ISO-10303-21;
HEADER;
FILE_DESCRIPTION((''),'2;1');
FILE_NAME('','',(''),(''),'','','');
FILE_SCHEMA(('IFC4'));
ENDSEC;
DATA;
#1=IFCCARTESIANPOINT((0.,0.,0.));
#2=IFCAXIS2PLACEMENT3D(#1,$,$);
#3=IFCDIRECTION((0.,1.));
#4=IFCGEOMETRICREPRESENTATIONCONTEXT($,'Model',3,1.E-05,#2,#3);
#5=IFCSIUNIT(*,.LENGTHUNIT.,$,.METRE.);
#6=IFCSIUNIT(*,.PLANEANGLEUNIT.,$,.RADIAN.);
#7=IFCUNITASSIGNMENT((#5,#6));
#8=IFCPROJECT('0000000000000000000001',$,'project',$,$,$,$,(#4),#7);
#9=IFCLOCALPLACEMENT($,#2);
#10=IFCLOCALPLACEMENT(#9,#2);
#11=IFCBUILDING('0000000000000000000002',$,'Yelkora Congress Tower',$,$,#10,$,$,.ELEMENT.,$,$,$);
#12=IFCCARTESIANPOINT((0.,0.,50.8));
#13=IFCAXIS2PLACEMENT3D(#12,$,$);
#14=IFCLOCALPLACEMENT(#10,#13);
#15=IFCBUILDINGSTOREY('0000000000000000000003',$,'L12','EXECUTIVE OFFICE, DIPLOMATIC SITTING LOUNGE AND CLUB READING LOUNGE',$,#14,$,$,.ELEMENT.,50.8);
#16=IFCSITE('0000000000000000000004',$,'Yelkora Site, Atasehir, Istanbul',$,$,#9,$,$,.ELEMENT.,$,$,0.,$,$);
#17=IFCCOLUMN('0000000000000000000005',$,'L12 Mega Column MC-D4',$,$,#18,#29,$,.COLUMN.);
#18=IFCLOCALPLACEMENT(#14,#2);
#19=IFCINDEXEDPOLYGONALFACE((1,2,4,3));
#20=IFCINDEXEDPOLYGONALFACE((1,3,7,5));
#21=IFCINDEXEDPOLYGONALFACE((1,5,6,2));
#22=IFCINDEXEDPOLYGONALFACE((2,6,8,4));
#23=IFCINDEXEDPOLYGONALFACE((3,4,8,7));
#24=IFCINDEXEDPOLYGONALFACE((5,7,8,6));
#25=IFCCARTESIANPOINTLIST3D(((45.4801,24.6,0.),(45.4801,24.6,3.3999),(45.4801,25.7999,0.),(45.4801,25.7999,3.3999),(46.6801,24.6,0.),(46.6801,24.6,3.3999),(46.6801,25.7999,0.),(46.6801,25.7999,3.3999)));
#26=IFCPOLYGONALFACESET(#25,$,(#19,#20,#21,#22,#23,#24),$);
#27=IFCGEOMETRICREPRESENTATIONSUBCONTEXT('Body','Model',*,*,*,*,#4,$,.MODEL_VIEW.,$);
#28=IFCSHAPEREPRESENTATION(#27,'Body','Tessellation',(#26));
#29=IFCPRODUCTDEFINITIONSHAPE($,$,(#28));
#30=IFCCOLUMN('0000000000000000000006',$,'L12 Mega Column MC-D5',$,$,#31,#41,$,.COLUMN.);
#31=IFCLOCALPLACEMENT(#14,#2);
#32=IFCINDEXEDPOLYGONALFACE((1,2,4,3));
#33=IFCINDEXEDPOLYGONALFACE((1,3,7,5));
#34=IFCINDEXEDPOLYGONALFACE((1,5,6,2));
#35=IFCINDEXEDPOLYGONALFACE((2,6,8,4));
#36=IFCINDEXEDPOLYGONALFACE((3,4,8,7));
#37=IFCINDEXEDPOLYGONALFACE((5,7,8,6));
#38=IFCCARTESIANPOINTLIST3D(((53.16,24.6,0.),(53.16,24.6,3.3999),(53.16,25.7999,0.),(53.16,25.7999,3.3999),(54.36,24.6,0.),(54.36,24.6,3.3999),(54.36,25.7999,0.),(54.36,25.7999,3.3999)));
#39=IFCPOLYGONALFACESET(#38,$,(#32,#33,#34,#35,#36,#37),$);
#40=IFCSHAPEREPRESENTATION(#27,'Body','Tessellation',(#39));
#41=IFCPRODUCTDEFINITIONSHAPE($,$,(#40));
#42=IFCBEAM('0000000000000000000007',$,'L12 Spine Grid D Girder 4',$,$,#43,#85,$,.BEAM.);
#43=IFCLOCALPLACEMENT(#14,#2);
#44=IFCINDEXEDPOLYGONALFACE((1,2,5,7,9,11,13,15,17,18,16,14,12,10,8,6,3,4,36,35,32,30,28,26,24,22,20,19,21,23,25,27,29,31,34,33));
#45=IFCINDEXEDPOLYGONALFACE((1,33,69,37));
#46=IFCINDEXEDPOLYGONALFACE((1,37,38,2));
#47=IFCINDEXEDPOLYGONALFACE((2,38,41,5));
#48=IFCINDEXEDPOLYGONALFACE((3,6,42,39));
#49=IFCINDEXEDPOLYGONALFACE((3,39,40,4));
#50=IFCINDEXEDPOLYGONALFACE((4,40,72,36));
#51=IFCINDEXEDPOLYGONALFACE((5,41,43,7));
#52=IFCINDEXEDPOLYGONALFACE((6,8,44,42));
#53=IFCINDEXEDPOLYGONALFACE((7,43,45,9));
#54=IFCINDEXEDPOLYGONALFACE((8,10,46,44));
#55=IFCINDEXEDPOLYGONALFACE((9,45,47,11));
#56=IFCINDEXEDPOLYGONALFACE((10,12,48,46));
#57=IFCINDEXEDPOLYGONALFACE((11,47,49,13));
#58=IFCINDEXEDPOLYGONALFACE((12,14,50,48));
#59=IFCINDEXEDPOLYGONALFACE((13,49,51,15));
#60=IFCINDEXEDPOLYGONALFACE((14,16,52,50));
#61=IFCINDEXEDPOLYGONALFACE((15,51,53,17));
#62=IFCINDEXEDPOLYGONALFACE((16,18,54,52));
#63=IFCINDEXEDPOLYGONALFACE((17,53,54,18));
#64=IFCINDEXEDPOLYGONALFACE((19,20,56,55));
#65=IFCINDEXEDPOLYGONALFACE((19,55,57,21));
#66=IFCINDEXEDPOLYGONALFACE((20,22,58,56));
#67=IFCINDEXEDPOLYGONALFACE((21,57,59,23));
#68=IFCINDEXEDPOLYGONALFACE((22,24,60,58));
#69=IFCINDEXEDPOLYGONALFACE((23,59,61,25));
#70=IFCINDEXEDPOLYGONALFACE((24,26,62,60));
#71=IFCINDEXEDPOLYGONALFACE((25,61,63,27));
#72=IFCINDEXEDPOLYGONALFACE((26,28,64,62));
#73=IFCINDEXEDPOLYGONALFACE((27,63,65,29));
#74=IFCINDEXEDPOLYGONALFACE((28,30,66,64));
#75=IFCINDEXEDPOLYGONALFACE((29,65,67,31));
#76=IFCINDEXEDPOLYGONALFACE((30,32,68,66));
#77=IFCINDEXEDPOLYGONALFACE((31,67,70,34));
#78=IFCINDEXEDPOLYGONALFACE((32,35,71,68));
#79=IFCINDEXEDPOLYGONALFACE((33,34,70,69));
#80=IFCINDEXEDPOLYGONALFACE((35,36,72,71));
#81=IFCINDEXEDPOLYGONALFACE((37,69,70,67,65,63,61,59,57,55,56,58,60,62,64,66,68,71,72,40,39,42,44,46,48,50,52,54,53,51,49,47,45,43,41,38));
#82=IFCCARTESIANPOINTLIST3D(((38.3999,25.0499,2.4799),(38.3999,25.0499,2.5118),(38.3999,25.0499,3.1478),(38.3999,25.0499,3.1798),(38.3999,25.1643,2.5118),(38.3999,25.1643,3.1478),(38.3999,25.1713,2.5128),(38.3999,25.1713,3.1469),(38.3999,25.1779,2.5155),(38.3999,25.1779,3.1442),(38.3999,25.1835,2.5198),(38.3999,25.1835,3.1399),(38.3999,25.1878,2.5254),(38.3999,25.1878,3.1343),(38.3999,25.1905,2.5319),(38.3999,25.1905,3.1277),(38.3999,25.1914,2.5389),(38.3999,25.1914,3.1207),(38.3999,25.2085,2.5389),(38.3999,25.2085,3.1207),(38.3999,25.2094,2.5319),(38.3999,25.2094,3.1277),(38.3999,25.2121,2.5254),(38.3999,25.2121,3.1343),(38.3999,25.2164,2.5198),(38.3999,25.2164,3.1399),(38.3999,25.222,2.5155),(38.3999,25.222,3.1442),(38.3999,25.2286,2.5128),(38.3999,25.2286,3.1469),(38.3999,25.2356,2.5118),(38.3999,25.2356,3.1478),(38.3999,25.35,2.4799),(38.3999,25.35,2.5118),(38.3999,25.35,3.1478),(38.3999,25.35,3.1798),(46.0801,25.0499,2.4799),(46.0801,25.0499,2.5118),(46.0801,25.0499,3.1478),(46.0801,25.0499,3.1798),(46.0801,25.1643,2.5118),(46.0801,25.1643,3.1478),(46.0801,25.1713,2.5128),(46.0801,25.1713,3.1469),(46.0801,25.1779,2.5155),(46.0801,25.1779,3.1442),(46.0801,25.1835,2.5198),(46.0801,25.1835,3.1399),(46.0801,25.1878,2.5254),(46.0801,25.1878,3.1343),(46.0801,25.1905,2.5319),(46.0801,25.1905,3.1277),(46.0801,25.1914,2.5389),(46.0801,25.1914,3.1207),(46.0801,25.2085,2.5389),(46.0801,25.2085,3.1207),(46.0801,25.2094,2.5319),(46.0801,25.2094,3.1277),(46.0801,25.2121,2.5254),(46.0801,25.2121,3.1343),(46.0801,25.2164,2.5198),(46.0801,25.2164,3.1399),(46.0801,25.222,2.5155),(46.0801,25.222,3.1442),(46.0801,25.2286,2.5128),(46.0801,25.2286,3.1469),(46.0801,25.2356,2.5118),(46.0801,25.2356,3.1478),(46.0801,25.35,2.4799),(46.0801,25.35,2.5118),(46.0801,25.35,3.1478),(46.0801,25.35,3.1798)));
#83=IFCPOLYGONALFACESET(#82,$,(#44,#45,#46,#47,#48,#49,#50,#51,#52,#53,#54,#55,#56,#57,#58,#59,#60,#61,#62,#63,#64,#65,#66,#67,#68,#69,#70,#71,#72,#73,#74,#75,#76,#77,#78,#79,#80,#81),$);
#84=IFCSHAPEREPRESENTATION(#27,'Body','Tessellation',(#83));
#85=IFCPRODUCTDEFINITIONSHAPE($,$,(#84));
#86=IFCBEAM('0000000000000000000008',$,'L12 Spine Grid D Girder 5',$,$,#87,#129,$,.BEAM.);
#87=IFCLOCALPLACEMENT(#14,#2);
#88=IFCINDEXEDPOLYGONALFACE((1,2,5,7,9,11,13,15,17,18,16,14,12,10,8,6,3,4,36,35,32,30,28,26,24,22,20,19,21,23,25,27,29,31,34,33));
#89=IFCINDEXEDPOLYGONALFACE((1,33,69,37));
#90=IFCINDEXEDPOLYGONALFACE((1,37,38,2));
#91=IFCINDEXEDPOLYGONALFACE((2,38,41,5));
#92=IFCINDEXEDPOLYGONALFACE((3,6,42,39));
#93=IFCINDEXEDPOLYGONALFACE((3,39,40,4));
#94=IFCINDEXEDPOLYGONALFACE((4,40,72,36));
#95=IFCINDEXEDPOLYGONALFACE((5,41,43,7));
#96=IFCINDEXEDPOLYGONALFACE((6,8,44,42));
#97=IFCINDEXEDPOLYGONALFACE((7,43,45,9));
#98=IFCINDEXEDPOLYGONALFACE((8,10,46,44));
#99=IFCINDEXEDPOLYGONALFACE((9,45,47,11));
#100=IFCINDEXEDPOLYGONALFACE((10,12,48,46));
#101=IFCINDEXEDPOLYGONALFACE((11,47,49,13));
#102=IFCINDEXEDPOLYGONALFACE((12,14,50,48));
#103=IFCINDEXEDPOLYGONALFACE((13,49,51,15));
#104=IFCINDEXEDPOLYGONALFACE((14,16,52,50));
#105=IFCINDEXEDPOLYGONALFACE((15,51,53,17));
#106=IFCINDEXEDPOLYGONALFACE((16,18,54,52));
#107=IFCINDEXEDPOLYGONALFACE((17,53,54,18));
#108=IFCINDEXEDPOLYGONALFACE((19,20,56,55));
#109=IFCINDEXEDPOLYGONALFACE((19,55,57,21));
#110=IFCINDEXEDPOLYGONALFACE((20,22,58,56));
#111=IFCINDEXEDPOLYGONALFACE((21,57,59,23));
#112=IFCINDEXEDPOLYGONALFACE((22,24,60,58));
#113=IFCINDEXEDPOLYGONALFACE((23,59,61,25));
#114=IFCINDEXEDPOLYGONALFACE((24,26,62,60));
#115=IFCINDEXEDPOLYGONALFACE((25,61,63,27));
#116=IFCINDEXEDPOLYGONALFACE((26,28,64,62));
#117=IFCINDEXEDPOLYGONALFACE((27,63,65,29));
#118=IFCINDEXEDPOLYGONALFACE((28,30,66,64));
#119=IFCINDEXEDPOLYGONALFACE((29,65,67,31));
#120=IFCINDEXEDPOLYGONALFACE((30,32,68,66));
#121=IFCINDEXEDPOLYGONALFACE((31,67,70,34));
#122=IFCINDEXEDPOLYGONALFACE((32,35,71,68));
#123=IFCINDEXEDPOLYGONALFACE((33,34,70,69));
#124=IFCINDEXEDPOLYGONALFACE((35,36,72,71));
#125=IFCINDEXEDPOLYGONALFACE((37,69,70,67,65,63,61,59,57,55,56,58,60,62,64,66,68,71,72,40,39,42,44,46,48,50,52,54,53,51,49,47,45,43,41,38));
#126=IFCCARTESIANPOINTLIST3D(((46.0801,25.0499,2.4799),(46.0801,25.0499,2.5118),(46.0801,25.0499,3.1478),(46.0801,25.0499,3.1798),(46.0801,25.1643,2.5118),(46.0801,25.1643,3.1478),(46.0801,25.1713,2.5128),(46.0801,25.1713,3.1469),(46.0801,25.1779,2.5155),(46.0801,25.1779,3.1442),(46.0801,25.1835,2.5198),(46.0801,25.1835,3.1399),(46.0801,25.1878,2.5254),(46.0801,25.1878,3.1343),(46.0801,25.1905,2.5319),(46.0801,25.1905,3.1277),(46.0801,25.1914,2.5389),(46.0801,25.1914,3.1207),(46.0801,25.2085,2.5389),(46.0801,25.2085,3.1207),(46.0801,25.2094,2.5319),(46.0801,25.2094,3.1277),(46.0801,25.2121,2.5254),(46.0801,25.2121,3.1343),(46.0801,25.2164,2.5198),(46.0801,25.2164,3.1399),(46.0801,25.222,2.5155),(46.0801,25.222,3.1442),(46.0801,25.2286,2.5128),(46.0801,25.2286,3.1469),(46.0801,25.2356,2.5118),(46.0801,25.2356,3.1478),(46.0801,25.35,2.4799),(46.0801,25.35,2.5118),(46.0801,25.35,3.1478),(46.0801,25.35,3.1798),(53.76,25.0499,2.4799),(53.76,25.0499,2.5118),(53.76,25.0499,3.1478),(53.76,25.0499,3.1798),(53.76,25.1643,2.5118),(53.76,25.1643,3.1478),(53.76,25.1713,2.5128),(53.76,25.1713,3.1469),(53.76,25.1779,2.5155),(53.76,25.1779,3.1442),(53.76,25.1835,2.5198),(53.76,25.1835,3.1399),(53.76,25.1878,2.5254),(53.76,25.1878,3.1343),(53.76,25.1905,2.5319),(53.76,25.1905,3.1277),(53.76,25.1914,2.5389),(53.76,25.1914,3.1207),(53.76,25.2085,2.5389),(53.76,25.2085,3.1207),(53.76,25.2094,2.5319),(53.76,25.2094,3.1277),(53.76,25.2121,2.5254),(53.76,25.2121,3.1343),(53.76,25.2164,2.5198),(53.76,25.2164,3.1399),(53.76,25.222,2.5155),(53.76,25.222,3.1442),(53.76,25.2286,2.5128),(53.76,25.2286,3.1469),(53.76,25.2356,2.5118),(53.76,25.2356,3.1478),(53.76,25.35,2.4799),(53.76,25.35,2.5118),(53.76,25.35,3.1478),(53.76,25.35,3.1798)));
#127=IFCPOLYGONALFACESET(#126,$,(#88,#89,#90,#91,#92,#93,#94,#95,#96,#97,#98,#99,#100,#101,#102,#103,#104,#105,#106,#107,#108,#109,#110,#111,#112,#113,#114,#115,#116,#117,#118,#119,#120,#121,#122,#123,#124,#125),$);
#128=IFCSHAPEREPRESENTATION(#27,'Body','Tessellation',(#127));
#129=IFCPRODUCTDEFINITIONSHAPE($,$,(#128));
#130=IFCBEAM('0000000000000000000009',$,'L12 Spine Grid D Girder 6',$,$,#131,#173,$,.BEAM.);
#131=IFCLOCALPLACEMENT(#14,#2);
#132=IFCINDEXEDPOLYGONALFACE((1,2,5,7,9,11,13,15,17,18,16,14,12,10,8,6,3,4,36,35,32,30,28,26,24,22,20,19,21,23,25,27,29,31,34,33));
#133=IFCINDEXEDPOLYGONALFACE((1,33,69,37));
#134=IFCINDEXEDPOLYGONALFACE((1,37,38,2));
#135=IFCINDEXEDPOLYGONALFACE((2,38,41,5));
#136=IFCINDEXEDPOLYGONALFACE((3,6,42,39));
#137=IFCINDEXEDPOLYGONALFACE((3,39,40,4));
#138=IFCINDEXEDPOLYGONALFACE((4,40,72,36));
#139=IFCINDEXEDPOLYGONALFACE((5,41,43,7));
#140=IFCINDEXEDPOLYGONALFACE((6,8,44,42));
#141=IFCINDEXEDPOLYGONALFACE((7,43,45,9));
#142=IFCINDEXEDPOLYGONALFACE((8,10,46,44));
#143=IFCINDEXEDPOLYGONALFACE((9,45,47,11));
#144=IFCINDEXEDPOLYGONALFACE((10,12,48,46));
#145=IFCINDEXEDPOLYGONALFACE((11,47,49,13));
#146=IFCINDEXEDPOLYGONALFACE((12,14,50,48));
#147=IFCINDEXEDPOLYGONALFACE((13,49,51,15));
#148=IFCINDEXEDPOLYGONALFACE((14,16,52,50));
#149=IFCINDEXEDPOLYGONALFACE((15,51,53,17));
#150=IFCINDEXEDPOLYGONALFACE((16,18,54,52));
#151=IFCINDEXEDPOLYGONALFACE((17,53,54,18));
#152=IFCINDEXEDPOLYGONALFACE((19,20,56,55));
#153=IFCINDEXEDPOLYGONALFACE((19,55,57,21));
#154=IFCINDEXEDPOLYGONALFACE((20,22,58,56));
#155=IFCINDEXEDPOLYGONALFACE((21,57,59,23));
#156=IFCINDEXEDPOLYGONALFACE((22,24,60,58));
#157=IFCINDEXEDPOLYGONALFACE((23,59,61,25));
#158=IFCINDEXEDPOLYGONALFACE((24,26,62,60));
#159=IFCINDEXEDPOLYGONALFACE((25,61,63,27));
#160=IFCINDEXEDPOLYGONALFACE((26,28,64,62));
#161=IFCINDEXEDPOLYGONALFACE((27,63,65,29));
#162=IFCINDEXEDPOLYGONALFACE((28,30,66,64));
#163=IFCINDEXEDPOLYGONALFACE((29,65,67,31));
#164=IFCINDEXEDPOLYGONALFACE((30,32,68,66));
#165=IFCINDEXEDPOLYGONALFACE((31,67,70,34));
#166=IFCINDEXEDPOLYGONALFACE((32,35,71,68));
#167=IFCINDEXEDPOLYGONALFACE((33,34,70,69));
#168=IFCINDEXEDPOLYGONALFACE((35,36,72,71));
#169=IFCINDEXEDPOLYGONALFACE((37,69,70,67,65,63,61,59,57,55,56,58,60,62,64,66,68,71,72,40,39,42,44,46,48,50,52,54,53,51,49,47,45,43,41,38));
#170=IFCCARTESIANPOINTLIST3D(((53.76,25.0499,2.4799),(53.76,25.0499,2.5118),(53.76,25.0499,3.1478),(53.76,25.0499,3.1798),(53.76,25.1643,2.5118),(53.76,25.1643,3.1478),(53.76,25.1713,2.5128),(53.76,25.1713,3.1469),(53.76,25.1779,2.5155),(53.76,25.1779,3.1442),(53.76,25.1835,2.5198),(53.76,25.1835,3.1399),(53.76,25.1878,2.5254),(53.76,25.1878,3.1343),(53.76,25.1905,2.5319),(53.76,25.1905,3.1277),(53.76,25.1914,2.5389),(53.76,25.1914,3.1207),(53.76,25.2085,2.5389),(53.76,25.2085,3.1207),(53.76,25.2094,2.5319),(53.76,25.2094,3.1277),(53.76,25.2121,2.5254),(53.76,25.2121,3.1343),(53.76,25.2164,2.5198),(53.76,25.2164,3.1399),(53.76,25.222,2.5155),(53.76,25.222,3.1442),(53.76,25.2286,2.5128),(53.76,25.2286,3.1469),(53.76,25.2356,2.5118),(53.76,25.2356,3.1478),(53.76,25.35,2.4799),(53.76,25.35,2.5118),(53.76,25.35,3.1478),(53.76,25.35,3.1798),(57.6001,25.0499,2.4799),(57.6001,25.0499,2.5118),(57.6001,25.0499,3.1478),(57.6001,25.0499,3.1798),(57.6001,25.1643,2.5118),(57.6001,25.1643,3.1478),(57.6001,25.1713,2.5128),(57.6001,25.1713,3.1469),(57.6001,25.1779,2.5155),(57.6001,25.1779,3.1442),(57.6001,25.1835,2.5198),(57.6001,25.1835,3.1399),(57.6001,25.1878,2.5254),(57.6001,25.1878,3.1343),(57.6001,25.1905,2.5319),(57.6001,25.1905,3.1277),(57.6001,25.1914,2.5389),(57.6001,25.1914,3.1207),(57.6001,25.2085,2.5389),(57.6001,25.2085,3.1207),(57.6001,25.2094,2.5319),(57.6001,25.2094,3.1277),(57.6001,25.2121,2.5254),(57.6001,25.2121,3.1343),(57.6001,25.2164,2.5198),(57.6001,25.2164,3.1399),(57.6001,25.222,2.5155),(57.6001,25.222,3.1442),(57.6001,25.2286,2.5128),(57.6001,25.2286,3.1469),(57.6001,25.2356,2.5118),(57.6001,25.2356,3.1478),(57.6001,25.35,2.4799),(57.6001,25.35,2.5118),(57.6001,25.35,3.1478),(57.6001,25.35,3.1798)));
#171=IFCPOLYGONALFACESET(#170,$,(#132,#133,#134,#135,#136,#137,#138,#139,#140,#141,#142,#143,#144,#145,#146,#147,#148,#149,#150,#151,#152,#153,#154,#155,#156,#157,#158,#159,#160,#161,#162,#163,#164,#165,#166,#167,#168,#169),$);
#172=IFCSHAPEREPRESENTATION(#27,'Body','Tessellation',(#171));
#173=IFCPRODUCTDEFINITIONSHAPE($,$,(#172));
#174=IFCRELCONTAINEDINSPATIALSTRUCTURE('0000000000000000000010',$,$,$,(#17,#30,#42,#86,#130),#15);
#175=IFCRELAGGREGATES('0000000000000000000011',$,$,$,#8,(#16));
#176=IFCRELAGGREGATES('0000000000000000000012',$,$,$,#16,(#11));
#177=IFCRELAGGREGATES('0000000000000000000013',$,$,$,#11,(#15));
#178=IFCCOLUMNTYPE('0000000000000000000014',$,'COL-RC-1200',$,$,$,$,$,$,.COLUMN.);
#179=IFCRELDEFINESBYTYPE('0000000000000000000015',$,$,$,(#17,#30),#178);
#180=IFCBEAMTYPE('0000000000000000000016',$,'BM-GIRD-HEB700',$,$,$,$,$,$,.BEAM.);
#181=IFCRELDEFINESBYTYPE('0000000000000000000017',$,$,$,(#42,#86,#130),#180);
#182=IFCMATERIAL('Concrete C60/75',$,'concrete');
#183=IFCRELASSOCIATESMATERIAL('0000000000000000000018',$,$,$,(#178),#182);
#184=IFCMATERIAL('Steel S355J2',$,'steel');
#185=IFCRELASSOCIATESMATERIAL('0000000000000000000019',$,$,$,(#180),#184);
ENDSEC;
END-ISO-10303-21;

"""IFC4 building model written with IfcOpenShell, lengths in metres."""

from ifc_helpers import new_model, si_unit, direction, frame, origin, origin_2d, place, context, subcontext, project, spatial, rectangle, i_section, extrude, material, material_profile, profile_set, type_object, element, save


model = new_model("IFC4")

# Units and contexts
model_context = context("Model", 3, precision=1e-05, world=origin(), true_north=direction((0.0, 1.0)))
body_context = subcontext(model_context, "Body", "Model", "MODEL_VIEW")
ifc_project = project(units=[si_unit("LENGTHUNIT", "METRE"), si_unit("PLANEANGLEUNIT", "RADIAN")], contexts=[model_context])

# Site, building, storey
site_placement = place(None, origin())
site = spatial("IfcSite", under=ifc_project, at=site_placement, Name="Yelkora Site, Atasehir, Istanbul", CompositionType="ELEMENT", RefElevation=0.0)
building_placement = place(site_placement, origin())
building = spatial("IfcBuilding", under=site, at=building_placement, Name="Yelkora Congress Tower", CompositionType="ELEMENT")
storey_placement = place(building_placement, frame((0.0, 0.0, 50.8)))
storey = spatial("IfcBuildingStorey", under=building, at=storey_placement, Name="L12", Description="EXECUTIVE OFFICE, DIPLOMATIC SITTING LOUNGE AND CLUB READING LOUNGE", CompositionType="ELEMENT", Elevation=50.8)

# Columns
ifc_material_1 = material(Name="Concrete C60/75", Category="concrete")
ifc_material_profile_1 = material_profile(ifc_material_1, rectangle(XDim=1.2, YDim=1.2, at=origin_2d()), Name="RC 1200x1200")
ifc_profile_set_1 = profile_set([ifc_material_profile_1], Name="Concrete C60/75")
column_type = type_object("IfcColumnType", Name="COL-RC-1200", PredefinedType="COLUMN", material=ifc_profile_set_1)
for number, where, z_axis, x_axis, name in (
    (1, (46.0801, 25.2, 0.0), (0.0, 0.0, 1.0), (1.0, 0.0, 0.0), "L12 Mega Column MC-D4"),
    (2, (53.76, 25.2, 0.0), (0.0, 0.0, 1.0), (1.0, 0.0, 0.0), "L12 Mega Column MC-D5"),
):
    element("IfcColumn", number, at=place(storey_placement, frame(where, z_axis=z_axis, x_axis=x_axis)), inside=storey, type_object=column_type, Name=name, PredefinedType="COLUMN", context=body_context, shape_type="SweptSolid", body=[
        extrude(rectangle(XDim=1.2, YDim=1.2, at=origin_2d()), origin(), (0.0, 0.0, 1.0), 3.3999),
    ])

# Beams
ifc_material_2 = material(Name="Steel S355J2", Category="steel")
ifc_material_profile_2 = material_profile(ifc_material_2, i_section(OverallWidth=0.3, OverallDepth=0.7, WebThickness=0.0171, FlangeThickness=0.032, FilletRadius=0.0271, at=origin_2d()), Name="HEB 700")
ifc_profile_set_2 = profile_set([ifc_material_profile_2], Name="Steel S355J2")
beam_type_1 = type_object("IfcBeamType", Name="BM-GIRD-HEB700", PredefinedType="BEAM", material=ifc_profile_set_2)
beam_1_placement = place(storey_placement, frame((38.3999, 25.2, 2.8298), z_axis=(1.0, 0.0, 0.0), x_axis=(0.0, 1.0, 0.0)))
element("IfcBeam", 3, at=beam_1_placement, inside=storey, type_object=beam_type_1, Name="L12 Spine Grid D Girder 4", PredefinedType="BEAM", context=body_context, shape_type="SweptSolid", body=[
    extrude(i_section(OverallWidth=0.3, OverallDepth=0.7, WebThickness=0.0171, FlangeThickness=0.032, FilletRadius=0.0271, at=origin_2d()), origin(), (0.0, 0.0, 1.0), 7.6802),
])
beam_2_placement = place(storey_placement, frame((46.0801, 25.2, 2.8298), z_axis=(1.0, 0.0, 0.0), x_axis=(0.0, 1.0, 0.0)))
element("IfcBeam", 4, at=beam_2_placement, inside=storey, type_object=beam_type_1, Name="L12 Spine Grid D Girder 5", PredefinedType="BEAM", context=body_context, shape_type="SweptSolid", body=[
    extrude(i_section(OverallWidth=0.3, OverallDepth=0.7, WebThickness=0.0171, FlangeThickness=0.032, FilletRadius=0.0271, at=origin_2d()), origin(), (0.0, 0.0, 1.0), 7.6799),
])
beam_3_placement = place(storey_placement, frame((53.76, 25.2, 2.8298), z_axis=(1.0, 0.0, 0.0), x_axis=(0.0, 1.0, 0.0)))
element("IfcBeam", 5, at=beam_3_placement, inside=storey, type_object=beam_type_1, Name="L12 Spine Grid D Girder 6", PredefinedType="BEAM", context=body_context, shape_type="SweptSolid", body=[
    extrude(i_section(OverallWidth=0.3, OverallDepth=0.7, WebThickness=0.0171, FlangeThickness=0.032, FilletRadius=0.0271, at=origin_2d()), origin(), (0.0, 0.0, 1.0), 3.8401),
])

save(model, "model.ifc")
